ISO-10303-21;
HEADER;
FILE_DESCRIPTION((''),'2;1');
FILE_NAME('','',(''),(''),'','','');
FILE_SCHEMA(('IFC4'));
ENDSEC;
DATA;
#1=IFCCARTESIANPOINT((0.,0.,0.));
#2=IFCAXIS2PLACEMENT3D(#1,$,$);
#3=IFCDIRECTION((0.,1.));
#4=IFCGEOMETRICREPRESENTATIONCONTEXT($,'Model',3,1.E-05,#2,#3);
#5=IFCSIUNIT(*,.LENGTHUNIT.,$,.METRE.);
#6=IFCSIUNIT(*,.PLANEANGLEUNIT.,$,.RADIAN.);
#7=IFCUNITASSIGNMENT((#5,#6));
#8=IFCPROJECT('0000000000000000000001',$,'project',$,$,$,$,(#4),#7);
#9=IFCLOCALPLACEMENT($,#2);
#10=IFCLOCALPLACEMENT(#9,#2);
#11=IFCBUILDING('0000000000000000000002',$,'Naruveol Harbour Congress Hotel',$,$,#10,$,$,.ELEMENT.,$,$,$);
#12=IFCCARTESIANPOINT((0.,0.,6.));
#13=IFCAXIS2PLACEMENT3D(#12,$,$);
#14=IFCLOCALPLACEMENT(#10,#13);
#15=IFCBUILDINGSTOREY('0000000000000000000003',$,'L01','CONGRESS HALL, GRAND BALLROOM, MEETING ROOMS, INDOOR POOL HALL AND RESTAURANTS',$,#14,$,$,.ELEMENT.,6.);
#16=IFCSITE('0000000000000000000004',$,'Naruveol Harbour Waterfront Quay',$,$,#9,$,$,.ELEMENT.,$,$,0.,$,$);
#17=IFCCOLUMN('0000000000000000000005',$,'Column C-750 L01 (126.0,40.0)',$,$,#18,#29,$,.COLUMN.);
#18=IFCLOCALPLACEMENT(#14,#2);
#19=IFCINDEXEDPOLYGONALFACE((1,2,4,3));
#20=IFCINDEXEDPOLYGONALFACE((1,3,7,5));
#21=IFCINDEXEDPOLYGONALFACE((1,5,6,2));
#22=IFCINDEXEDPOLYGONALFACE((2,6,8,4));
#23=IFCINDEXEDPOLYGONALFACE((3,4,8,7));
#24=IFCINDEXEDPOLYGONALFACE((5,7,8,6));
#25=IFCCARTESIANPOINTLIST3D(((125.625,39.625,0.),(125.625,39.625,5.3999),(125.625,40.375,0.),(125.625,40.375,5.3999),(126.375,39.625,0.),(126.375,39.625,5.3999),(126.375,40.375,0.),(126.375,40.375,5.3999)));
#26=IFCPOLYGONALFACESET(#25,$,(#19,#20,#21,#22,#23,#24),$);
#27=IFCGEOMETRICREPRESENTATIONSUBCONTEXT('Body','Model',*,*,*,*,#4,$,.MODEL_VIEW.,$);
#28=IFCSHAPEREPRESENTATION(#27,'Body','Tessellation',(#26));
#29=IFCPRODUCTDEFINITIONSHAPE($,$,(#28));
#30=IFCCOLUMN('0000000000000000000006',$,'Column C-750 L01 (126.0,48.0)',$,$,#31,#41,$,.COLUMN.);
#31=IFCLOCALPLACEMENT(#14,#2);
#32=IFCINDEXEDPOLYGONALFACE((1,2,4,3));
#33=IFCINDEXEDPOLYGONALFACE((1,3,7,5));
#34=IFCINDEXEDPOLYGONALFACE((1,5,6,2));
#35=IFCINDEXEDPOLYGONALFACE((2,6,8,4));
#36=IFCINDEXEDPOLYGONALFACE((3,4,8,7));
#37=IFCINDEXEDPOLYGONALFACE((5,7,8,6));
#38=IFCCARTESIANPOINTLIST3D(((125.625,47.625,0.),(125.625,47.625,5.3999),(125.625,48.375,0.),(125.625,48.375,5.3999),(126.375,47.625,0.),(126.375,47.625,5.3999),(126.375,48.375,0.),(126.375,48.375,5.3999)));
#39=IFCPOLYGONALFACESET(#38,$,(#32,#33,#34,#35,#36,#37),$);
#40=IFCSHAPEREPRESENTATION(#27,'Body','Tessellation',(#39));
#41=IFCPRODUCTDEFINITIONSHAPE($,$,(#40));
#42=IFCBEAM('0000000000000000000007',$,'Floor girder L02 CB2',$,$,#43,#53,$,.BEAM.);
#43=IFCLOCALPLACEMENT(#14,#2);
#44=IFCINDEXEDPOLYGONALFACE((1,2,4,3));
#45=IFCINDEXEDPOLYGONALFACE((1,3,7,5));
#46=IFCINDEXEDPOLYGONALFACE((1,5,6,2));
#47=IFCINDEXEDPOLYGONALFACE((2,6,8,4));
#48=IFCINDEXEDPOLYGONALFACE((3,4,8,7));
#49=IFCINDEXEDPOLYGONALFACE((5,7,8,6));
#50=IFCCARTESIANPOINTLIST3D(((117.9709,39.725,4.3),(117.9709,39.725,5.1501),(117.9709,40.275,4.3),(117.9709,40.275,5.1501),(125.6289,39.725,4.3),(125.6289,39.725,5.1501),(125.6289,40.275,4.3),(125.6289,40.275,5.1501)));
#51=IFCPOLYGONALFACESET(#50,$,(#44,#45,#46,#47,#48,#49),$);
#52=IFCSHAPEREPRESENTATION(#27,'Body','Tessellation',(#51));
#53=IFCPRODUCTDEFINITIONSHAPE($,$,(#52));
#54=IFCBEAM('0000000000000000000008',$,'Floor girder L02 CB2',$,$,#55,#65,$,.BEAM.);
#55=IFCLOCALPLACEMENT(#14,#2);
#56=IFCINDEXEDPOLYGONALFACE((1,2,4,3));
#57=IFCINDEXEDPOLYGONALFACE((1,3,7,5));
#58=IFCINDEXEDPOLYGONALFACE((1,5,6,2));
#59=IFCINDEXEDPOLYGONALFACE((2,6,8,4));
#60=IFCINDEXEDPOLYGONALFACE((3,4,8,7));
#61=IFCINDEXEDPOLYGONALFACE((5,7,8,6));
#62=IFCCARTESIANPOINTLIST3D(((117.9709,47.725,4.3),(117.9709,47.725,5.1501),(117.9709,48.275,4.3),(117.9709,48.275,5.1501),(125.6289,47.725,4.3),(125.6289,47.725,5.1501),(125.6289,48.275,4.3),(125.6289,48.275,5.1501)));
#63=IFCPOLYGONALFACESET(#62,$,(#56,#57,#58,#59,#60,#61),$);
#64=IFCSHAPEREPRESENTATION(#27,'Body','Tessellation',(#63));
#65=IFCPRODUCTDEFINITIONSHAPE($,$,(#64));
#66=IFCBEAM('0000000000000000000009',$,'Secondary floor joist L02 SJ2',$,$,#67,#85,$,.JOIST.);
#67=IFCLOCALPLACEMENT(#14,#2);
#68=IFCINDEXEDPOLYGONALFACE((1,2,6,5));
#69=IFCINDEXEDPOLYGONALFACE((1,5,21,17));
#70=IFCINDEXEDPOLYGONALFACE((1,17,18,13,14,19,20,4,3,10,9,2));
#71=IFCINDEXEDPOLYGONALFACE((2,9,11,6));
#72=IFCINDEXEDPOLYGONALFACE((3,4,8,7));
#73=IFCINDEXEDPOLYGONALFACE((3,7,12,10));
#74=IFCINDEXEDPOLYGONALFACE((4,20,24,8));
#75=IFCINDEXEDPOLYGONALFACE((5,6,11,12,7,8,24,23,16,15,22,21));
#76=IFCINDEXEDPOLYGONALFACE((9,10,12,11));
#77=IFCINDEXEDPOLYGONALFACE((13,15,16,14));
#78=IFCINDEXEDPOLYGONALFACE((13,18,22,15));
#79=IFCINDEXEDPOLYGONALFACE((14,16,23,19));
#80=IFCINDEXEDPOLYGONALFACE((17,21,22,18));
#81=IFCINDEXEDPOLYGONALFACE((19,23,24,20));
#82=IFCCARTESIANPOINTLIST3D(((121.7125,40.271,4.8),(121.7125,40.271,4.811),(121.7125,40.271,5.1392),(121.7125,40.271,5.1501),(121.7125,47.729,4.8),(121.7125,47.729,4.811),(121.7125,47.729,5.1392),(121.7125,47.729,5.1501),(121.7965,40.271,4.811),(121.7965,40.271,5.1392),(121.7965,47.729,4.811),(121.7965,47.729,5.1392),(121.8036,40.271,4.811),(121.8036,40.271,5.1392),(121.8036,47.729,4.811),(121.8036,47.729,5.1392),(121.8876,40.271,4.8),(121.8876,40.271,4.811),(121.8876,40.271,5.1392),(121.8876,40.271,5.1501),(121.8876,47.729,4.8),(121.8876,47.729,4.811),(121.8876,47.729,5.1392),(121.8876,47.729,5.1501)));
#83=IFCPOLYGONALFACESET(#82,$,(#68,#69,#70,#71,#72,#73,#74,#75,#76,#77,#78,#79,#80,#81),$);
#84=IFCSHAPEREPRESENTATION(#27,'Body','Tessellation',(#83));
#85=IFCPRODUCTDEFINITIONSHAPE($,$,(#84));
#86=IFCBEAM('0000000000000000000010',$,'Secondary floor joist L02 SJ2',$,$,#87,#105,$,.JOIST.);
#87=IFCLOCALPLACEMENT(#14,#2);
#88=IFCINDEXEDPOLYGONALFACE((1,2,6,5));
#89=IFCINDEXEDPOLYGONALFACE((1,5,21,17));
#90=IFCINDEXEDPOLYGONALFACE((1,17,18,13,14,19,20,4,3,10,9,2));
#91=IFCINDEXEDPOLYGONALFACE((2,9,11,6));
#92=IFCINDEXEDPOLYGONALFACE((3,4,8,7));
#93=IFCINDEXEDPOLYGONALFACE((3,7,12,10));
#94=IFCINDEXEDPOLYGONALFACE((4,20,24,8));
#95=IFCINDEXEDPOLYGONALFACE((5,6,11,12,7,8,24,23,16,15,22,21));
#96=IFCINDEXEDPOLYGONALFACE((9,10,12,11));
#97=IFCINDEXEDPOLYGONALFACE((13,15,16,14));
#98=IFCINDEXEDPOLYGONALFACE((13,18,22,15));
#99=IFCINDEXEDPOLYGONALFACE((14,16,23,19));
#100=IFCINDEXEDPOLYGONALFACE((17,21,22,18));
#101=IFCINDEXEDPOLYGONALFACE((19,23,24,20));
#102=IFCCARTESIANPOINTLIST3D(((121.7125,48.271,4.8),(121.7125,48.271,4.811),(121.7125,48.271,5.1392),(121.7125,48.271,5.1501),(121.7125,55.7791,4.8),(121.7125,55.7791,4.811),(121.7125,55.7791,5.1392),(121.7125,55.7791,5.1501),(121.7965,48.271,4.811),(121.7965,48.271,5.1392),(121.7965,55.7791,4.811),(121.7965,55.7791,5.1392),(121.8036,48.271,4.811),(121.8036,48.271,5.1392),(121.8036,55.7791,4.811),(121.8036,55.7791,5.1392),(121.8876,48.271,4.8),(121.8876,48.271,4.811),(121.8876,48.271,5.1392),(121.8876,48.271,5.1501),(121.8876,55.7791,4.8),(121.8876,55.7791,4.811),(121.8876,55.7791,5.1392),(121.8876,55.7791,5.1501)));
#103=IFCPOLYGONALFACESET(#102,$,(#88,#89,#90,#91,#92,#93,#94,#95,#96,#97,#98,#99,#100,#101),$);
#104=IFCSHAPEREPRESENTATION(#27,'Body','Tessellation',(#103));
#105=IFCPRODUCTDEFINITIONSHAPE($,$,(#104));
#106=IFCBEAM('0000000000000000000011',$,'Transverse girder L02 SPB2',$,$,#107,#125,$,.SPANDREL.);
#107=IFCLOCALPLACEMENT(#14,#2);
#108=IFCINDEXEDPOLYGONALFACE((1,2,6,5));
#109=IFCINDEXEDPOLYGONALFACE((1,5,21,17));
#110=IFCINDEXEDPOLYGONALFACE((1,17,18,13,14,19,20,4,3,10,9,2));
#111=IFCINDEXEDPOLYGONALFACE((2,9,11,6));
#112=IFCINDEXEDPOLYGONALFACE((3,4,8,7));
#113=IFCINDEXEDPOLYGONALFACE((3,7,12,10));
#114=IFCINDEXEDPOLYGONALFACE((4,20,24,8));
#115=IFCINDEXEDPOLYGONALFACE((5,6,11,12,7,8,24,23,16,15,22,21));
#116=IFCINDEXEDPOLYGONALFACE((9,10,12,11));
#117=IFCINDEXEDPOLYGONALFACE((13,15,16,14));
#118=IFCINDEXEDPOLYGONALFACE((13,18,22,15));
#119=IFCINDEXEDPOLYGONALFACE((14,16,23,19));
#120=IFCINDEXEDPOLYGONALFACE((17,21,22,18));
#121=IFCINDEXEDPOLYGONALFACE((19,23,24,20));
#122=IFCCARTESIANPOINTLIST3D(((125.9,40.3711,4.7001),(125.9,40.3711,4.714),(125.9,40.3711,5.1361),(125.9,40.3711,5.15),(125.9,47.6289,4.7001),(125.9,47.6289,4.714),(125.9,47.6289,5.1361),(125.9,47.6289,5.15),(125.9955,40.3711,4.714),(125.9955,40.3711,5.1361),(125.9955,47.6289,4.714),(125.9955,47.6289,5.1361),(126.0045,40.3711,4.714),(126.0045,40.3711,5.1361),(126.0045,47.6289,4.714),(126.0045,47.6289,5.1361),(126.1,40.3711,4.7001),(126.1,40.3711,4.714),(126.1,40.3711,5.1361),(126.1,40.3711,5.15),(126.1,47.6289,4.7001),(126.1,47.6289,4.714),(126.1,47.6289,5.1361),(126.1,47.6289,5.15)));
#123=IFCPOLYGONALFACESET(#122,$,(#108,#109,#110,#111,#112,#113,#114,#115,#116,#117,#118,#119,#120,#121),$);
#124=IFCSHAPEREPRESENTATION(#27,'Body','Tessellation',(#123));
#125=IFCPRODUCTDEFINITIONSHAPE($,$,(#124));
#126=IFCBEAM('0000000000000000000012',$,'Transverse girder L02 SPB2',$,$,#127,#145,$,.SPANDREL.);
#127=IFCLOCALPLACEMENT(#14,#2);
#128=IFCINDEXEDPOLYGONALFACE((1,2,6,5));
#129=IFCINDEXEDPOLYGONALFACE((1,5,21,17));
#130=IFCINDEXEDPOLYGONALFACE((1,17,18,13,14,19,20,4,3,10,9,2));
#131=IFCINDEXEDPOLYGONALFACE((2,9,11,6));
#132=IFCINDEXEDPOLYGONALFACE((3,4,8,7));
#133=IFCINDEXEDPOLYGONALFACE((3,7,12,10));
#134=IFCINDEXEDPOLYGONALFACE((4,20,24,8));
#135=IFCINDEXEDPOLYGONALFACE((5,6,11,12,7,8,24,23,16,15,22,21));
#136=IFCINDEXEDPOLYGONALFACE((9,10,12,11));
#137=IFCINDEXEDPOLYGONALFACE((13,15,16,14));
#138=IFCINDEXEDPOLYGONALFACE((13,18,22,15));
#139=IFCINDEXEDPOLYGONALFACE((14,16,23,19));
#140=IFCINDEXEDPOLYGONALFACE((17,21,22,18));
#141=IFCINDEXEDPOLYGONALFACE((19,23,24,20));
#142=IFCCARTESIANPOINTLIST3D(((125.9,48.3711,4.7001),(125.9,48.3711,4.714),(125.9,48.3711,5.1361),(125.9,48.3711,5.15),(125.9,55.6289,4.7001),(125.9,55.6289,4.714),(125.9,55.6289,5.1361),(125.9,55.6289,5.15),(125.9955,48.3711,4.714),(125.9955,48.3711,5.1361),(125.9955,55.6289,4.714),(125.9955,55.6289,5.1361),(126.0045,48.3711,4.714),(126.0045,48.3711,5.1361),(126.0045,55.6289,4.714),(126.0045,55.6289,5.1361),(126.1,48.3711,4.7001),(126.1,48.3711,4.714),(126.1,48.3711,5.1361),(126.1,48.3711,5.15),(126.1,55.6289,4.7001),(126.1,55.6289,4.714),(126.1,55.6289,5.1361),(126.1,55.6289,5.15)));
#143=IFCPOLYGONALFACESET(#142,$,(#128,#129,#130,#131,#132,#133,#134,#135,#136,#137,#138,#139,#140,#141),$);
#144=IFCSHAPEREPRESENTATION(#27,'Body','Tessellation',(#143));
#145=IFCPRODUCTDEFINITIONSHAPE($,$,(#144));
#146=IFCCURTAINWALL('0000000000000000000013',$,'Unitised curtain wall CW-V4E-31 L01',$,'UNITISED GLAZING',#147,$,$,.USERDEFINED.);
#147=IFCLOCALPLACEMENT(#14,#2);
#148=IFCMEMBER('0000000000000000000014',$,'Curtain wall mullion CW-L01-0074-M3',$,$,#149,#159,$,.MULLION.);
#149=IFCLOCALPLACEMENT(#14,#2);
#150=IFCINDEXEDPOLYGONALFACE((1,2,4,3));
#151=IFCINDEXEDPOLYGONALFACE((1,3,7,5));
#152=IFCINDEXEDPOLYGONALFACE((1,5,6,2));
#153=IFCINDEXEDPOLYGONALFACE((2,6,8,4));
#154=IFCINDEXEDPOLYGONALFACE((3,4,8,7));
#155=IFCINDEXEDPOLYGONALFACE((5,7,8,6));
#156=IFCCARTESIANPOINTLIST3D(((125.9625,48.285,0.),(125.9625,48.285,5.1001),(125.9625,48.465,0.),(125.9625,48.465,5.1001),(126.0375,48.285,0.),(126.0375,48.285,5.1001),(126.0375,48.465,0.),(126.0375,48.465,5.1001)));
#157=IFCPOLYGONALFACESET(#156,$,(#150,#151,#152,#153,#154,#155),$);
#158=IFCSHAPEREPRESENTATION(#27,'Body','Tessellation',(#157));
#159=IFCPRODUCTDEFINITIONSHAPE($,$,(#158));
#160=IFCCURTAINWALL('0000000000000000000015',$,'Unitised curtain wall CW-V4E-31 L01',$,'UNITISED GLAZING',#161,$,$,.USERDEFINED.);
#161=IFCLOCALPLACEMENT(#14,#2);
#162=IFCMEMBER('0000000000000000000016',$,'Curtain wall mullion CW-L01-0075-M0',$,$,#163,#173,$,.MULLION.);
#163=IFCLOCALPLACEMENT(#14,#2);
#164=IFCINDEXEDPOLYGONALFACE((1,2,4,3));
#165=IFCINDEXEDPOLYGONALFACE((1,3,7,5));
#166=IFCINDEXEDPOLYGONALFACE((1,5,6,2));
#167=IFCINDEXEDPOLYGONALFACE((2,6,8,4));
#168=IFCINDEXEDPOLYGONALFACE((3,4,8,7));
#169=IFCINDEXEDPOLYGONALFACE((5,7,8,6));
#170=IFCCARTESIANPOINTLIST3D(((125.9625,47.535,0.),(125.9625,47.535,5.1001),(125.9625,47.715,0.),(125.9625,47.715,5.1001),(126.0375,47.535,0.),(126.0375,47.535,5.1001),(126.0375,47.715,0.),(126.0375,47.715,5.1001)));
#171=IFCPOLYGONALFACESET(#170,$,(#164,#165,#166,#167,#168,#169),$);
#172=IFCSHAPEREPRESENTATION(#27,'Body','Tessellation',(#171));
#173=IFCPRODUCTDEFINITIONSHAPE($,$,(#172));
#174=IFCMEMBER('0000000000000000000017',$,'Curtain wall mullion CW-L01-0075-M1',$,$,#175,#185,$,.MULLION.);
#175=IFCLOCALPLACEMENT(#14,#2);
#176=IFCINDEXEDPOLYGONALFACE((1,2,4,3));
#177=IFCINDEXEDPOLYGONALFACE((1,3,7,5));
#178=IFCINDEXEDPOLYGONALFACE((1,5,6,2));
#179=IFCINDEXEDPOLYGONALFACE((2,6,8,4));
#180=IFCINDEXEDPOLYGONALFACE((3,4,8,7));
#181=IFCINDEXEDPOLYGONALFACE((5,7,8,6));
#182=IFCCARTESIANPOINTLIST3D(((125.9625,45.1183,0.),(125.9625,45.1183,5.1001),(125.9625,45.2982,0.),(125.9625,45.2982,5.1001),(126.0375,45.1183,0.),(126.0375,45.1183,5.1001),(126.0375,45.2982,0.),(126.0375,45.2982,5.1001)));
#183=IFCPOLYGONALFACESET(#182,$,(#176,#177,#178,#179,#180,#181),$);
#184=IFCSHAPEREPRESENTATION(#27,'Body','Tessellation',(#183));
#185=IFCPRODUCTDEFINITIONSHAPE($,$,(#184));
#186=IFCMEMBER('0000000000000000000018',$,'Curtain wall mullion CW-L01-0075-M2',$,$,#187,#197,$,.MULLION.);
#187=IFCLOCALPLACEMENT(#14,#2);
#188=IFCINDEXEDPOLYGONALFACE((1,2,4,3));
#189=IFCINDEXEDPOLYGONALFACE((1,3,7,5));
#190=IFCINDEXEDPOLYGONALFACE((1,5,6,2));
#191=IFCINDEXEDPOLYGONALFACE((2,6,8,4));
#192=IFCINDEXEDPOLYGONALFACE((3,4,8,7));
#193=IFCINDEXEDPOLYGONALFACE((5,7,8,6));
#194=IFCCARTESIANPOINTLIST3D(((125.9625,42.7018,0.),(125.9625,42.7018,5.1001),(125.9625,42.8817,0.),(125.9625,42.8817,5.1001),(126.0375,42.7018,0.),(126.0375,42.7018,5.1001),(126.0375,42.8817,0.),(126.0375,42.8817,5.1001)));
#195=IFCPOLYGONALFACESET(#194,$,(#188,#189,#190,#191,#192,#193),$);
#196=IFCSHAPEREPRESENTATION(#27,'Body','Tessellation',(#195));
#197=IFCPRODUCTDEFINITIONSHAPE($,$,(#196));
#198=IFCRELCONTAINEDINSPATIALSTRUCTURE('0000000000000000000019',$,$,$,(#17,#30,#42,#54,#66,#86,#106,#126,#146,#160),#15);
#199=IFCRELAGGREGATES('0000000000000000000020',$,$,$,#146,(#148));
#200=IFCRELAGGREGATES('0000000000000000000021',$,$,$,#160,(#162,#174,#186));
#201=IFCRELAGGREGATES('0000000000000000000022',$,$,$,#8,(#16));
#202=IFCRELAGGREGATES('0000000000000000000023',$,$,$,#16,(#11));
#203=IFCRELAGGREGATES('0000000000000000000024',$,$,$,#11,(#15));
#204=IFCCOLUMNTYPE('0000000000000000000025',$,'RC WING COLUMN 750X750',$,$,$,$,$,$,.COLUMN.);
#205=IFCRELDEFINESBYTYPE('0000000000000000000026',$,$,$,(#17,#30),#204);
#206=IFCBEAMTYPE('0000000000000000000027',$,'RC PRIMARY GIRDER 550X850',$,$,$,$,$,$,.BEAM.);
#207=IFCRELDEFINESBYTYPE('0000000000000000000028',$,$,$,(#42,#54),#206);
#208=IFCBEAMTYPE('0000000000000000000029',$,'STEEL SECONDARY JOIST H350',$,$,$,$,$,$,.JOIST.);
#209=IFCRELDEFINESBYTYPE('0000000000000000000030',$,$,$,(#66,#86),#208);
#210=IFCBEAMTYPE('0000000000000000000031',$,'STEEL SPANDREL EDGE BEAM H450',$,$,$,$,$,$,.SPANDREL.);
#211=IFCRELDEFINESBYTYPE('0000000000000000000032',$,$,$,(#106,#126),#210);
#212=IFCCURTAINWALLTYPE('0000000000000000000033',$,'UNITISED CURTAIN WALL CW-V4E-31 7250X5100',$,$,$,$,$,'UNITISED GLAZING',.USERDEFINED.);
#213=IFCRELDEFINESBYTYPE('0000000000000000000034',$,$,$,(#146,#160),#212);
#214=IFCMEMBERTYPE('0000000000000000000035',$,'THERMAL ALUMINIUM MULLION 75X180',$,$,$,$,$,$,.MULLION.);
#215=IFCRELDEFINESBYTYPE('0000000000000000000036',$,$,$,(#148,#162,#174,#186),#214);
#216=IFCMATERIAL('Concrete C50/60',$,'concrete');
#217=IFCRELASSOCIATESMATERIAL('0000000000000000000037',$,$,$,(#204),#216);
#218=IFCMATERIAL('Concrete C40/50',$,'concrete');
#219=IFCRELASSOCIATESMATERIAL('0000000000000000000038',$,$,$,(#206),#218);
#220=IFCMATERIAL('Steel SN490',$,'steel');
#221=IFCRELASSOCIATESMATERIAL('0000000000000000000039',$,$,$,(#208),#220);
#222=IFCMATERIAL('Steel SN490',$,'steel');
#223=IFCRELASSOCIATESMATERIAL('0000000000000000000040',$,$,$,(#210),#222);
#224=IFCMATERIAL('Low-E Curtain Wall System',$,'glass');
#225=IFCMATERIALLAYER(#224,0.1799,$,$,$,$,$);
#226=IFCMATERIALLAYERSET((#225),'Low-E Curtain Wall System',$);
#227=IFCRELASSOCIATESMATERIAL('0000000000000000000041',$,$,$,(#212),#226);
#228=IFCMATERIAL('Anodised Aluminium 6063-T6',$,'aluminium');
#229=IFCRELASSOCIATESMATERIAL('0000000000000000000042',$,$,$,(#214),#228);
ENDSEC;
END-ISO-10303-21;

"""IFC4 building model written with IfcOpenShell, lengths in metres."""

from ifc_helpers import new_model, si_unit, direction, frame, origin, origin_2d, place, context, subcontext, project, spatial, rectangle, i_section, extrude, material, layer, layer_set, material_profile, profile_set, type_object, element, aggregate, save


model = new_model("IFC4")

# Units and contexts
model_context = context("Model", 3, precision=1e-05, world=origin(), true_north=direction((0.0, 1.0)))
body_context = subcontext(model_context, "Body", "Model", "MODEL_VIEW")
ifc_project = project(units=[si_unit("LENGTHUNIT", "METRE"), si_unit("PLANEANGLEUNIT", "RADIAN")], contexts=[model_context])

# Site, building, storey
site_placement = place(None, origin())
site = spatial("IfcSite", under=ifc_project, at=site_placement, Name="Naruveol Harbour Waterfront Quay", CompositionType="ELEMENT", RefElevation=0.0)
building_placement = place(site_placement, origin())
building = spatial("IfcBuilding", under=site, at=building_placement, Name="Naruveol Harbour Congress Hotel", CompositionType="ELEMENT")
storey_placement = place(building_placement, frame((0.0, 0.0, 6.0)))
storey = spatial("IfcBuildingStorey", under=building, at=storey_placement, Name="L01", Description="CONGRESS HALL, GRAND BALLROOM, MEETING ROOMS, INDOOR POOL HALL AND RESTAURANTS", CompositionType="ELEMENT", Elevation=6.0)

# Columns
ifc_material_1 = material(Name="Concrete C50/60", Category="concrete")
ifc_material_profile_1 = material_profile(ifc_material_1, rectangle(XDim=0.75, YDim=0.75, at=origin_2d()), Name="RC-750x750")
ifc_profile_set_1 = profile_set([ifc_material_profile_1], Name="Concrete C50/60")
column_type = type_object("IfcColumnType", Name="RC WING COLUMN 750X750", PredefinedType="COLUMN", material=ifc_profile_set_1)
for number, where, z_axis, x_axis, name in (
    (1, (126.0, 40.0, 0.0), (0.0, 0.0, 1.0), (1.0, 0.0, 0.0), "Column C-750 L01 (126.0,40.0)"),
    (2, (126.0, 48.0, 0.0), (0.0, 0.0, 1.0), (1.0, 0.0, 0.0), "Column C-750 L01 (126.0,48.0)"),
):
    element("IfcColumn", number, at=place(storey_placement, frame(where, z_axis=z_axis, x_axis=x_axis)), inside=storey, type_object=column_type, Name=name, PredefinedType="COLUMN", context=body_context, shape_type="SweptSolid", body=[
        extrude(rectangle(XDim=0.75, YDim=0.75, at=origin_2d()), origin(), (0.0, 0.0, 1.0), 5.3999),
    ])

# Beams
ifc_material_2 = material(Name="Concrete C40/50", Category="concrete")
ifc_material_profile_2 = material_profile(ifc_material_2, rectangle(XDim=0.55, YDim=0.8501, at=origin_2d()), Name="RCB-550x850")
ifc_profile_set_2 = profile_set([ifc_material_profile_2], Name="Concrete C40/50")
beam_type_1 = type_object("IfcBeamType", Name="RC PRIMARY GIRDER 550X850", PredefinedType="BEAM", material=ifc_profile_set_2)
for number, where, z_axis, x_axis, name in (
    (3, (117.9709, 40.0, 4.7251), (1.0, 0.0, 0.0), (0.0, 1.0, 0.0), "Floor girder L02 CB2"),
    (4, (117.9709, 48.0, 4.7251), (1.0, 0.0, 0.0), (0.0, 1.0, 0.0), "Floor girder L02 CB2"),
):
    element("IfcBeam", number, at=place(storey_placement, frame(where, z_axis=z_axis, x_axis=x_axis)), inside=storey, type_object=beam_type_1, Name=name, PredefinedType="BEAM", context=body_context, shape_type="SweptSolid", body=[
        extrude(rectangle(XDim=0.55, YDim=0.8501, at=origin_2d()), origin(), (0.0, 0.0, 1.0), 7.658),
    ])
ifc_material_3 = material(Name="Steel SN490", Category="steel")
ifc_material_profile_3 = material_profile(ifc_material_3, i_section(OverallWidth=0.175, OverallDepth=0.3501, WebThickness=0.0071, FlangeThickness=0.011, at=origin_2d()), Name="H-350x175x7x11")
ifc_profile_set_3 = profile_set([ifc_material_profile_3], Name="Steel SN490")
beam_type_2 = type_object("IfcBeamType", Name="STEEL SECONDARY JOIST H350", PredefinedType="JOIST", material=ifc_profile_set_3)
beam_1_placement = place(storey_placement, frame((121.8, 40.271, 4.9751), z_axis=(0.0, 1.0, 0.0), x_axis=(-1.0, 0.0, 0.0)))
element("IfcBeam", 5, at=beam_1_placement, inside=storey, type_object=beam_type_2, Name="Secondary floor joist L02 SJ2", PredefinedType="JOIST", context=body_context, shape_type="SweptSolid", body=[
    extrude(i_section(OverallWidth=0.175, OverallDepth=0.3501, WebThickness=0.0071, FlangeThickness=0.011, at=origin_2d()), origin(), (0.0, 0.0, 1.0), 7.458),
])
beam_2_placement = place(storey_placement, frame((121.8, 48.271, 4.9751), z_axis=(0.0, 1.0, 0.0), x_axis=(-1.0, 0.0, 0.0)))
element("IfcBeam", 6, at=beam_2_placement, inside=storey, type_object=beam_type_2, Name="Secondary floor joist L02 SJ2", PredefinedType="JOIST", context=body_context, shape_type="SweptSolid", body=[
    extrude(i_section(OverallWidth=0.175, OverallDepth=0.3501, WebThickness=0.0071, FlangeThickness=0.011, at=origin_2d()), origin(), (0.0, 0.0, 1.0), 7.5081),
])
ifc_material_4 = material(Name="Steel SN490", Category="steel")
ifc_material_profile_4 = material_profile(ifc_material_4, i_section(OverallWidth=0.2, OverallDepth=0.45, WebThickness=0.009, FlangeThickness=0.0139, at=origin_2d()), Name="H-450x200x9x14")
ifc_profile_set_4 = profile_set([ifc_material_profile_4], Name="Steel SN490")
beam_type_3 = type_object("IfcBeamType", Name="STEEL SPANDREL EDGE BEAM H450", PredefinedType="SPANDREL", material=ifc_profile_set_4)
for number, where, z_axis, x_axis, name in (
    (7, (126.0, 40.3711, 4.925), (0.0, 1.0, 0.0), (-1.0, 0.0, 0.0), "Transverse girder L02 SPB2"),
    (8, (126.0, 48.3711, 4.925), (0.0, 1.0, 0.0), (-1.0, 0.0, 0.0), "Transverse girder L02 SPB2"),
):
    element("IfcBeam", number, at=place(storey_placement, frame(where, z_axis=z_axis, x_axis=x_axis)), inside=storey, type_object=beam_type_3, Name=name, PredefinedType="SPANDREL", context=body_context, shape_type="SweptSolid", body=[
        extrude(i_section(OverallWidth=0.2, OverallDepth=0.45, WebThickness=0.009, FlangeThickness=0.0139, at=origin_2d()), origin(), (0.0, 0.0, 1.0), 7.2578),
    ])

# Curtain wall, member
ifc_material_5 = material(Name="Low-E Curtain Wall System", Category="glass")
ifc_layer_1 = layer(ifc_material_5, 0.1799)
ifc_layer_set_1 = layer_set([ifc_layer_1], Name="Low-E Curtain Wall System")
curtain_wall_type = type_object("IfcCurtainWallType", Name="UNITISED CURTAIN WALL CW-V4E-31 7250X5100", ElementType="UNITISED GLAZING", PredefinedType="USERDEFINED", material=ifc_layer_set_1)
curtain_wall_1_placement = place(storey_placement, origin())
curtain_wall_1 = element("IfcCurtainWall", 9, at=curtain_wall_1_placement, inside=storey, type_object=curtain_wall_type, Name="Unitised curtain wall CW-V4E-31 L01", ObjectType="UNITISED GLAZING", PredefinedType="USERDEFINED")
ifc_material_6 = material(Name="Anodised Aluminium 6063-T6", Category="aluminium")
ifc_material_profile_5 = material_profile(ifc_material_6, rectangle(XDim=0.075, YDim=0.1799, at=origin_2d()), Name="ALU-75x180")
ifc_profile_set_5 = profile_set([ifc_material_profile_5], Name="Anodised Aluminium 6063-T6")
member_type_1 = type_object("IfcMemberType", Name="THERMAL ALUMINIUM MULLION 75X180", PredefinedType="MULLION", material=ifc_profile_set_5)
member_1_placement = place(storey_placement, frame((126.0, 48.375, 0.0), z_axis=(0.0, 0.0, 1.0), x_axis=(1.0, 0.0, 0.0)))
member_1 = element("IfcMember", 10, at=member_1_placement, type_object=member_type_1, Name="Curtain wall mullion CW-L01-0074-M3", PredefinedType="MULLION", context=body_context, shape_type="SweptSolid", body=[
    extrude(rectangle(XDim=0.075, YDim=0.1799, at=origin_2d()), origin(), (0.0, 0.0, 1.0), 5.1001),
])

# Curtain wall, members
curtain_wall_2_placement = place(storey_placement, origin())
curtain_wall_2 = element("IfcCurtainWall", 11, at=curtain_wall_2_placement, inside=storey, type_object=curtain_wall_type, Name="Unitised curtain wall CW-V4E-31 L01", ObjectType="UNITISED GLAZING", PredefinedType="USERDEFINED")
member_2_placement = place(storey_placement, frame((126.0, 47.625, 0.0), z_axis=(0.0, 0.0, 1.0), x_axis=(1.0, 0.0, 0.0)))
member_2 = element("IfcMember", 12, at=member_2_placement, type_object=member_type_1, Name="Curtain wall mullion CW-L01-0075-M0", PredefinedType="MULLION", context=body_context, shape_type="SweptSolid", body=[
    extrude(rectangle(XDim=0.075, YDim=0.1799, at=origin_2d()), origin(), (0.0, 0.0, 1.0), 5.1001),
])
member_3_placement = place(storey_placement, frame((126.0, 45.2083, 0.0), z_axis=(0.0, 0.0, 1.0), x_axis=(1.0, 0.0, 0.0)))
member_3 = element("IfcMember", 13, at=member_3_placement, type_object=member_type_1, Name="Curtain wall mullion CW-L01-0075-M1", PredefinedType="MULLION", context=body_context, shape_type="SweptSolid", body=[
    extrude(rectangle(XDim=0.075, YDim=0.1799, at=origin_2d()), origin(), (0.0, 0.0, 1.0), 5.1001),
])
member_4_placement = place(storey_placement, frame((126.0, 42.7917, 0.0), z_axis=(0.0, 0.0, 1.0), x_axis=(1.0, 0.0, 0.0)))
member_4 = element("IfcMember", 14, at=member_4_placement, type_object=member_type_1, Name="Curtain wall mullion CW-L01-0075-M2", PredefinedType="MULLION", context=body_context, shape_type="SweptSolid", body=[
    extrude(rectangle(XDim=0.075, YDim=0.1799, at=origin_2d()), origin(), (0.0, 0.0, 1.0), 5.1001),
])

aggregate(curtain_wall_1, [member_1])
aggregate(curtain_wall_2, [member_2, member_3, member_4])

save(model, "model.ifc")
